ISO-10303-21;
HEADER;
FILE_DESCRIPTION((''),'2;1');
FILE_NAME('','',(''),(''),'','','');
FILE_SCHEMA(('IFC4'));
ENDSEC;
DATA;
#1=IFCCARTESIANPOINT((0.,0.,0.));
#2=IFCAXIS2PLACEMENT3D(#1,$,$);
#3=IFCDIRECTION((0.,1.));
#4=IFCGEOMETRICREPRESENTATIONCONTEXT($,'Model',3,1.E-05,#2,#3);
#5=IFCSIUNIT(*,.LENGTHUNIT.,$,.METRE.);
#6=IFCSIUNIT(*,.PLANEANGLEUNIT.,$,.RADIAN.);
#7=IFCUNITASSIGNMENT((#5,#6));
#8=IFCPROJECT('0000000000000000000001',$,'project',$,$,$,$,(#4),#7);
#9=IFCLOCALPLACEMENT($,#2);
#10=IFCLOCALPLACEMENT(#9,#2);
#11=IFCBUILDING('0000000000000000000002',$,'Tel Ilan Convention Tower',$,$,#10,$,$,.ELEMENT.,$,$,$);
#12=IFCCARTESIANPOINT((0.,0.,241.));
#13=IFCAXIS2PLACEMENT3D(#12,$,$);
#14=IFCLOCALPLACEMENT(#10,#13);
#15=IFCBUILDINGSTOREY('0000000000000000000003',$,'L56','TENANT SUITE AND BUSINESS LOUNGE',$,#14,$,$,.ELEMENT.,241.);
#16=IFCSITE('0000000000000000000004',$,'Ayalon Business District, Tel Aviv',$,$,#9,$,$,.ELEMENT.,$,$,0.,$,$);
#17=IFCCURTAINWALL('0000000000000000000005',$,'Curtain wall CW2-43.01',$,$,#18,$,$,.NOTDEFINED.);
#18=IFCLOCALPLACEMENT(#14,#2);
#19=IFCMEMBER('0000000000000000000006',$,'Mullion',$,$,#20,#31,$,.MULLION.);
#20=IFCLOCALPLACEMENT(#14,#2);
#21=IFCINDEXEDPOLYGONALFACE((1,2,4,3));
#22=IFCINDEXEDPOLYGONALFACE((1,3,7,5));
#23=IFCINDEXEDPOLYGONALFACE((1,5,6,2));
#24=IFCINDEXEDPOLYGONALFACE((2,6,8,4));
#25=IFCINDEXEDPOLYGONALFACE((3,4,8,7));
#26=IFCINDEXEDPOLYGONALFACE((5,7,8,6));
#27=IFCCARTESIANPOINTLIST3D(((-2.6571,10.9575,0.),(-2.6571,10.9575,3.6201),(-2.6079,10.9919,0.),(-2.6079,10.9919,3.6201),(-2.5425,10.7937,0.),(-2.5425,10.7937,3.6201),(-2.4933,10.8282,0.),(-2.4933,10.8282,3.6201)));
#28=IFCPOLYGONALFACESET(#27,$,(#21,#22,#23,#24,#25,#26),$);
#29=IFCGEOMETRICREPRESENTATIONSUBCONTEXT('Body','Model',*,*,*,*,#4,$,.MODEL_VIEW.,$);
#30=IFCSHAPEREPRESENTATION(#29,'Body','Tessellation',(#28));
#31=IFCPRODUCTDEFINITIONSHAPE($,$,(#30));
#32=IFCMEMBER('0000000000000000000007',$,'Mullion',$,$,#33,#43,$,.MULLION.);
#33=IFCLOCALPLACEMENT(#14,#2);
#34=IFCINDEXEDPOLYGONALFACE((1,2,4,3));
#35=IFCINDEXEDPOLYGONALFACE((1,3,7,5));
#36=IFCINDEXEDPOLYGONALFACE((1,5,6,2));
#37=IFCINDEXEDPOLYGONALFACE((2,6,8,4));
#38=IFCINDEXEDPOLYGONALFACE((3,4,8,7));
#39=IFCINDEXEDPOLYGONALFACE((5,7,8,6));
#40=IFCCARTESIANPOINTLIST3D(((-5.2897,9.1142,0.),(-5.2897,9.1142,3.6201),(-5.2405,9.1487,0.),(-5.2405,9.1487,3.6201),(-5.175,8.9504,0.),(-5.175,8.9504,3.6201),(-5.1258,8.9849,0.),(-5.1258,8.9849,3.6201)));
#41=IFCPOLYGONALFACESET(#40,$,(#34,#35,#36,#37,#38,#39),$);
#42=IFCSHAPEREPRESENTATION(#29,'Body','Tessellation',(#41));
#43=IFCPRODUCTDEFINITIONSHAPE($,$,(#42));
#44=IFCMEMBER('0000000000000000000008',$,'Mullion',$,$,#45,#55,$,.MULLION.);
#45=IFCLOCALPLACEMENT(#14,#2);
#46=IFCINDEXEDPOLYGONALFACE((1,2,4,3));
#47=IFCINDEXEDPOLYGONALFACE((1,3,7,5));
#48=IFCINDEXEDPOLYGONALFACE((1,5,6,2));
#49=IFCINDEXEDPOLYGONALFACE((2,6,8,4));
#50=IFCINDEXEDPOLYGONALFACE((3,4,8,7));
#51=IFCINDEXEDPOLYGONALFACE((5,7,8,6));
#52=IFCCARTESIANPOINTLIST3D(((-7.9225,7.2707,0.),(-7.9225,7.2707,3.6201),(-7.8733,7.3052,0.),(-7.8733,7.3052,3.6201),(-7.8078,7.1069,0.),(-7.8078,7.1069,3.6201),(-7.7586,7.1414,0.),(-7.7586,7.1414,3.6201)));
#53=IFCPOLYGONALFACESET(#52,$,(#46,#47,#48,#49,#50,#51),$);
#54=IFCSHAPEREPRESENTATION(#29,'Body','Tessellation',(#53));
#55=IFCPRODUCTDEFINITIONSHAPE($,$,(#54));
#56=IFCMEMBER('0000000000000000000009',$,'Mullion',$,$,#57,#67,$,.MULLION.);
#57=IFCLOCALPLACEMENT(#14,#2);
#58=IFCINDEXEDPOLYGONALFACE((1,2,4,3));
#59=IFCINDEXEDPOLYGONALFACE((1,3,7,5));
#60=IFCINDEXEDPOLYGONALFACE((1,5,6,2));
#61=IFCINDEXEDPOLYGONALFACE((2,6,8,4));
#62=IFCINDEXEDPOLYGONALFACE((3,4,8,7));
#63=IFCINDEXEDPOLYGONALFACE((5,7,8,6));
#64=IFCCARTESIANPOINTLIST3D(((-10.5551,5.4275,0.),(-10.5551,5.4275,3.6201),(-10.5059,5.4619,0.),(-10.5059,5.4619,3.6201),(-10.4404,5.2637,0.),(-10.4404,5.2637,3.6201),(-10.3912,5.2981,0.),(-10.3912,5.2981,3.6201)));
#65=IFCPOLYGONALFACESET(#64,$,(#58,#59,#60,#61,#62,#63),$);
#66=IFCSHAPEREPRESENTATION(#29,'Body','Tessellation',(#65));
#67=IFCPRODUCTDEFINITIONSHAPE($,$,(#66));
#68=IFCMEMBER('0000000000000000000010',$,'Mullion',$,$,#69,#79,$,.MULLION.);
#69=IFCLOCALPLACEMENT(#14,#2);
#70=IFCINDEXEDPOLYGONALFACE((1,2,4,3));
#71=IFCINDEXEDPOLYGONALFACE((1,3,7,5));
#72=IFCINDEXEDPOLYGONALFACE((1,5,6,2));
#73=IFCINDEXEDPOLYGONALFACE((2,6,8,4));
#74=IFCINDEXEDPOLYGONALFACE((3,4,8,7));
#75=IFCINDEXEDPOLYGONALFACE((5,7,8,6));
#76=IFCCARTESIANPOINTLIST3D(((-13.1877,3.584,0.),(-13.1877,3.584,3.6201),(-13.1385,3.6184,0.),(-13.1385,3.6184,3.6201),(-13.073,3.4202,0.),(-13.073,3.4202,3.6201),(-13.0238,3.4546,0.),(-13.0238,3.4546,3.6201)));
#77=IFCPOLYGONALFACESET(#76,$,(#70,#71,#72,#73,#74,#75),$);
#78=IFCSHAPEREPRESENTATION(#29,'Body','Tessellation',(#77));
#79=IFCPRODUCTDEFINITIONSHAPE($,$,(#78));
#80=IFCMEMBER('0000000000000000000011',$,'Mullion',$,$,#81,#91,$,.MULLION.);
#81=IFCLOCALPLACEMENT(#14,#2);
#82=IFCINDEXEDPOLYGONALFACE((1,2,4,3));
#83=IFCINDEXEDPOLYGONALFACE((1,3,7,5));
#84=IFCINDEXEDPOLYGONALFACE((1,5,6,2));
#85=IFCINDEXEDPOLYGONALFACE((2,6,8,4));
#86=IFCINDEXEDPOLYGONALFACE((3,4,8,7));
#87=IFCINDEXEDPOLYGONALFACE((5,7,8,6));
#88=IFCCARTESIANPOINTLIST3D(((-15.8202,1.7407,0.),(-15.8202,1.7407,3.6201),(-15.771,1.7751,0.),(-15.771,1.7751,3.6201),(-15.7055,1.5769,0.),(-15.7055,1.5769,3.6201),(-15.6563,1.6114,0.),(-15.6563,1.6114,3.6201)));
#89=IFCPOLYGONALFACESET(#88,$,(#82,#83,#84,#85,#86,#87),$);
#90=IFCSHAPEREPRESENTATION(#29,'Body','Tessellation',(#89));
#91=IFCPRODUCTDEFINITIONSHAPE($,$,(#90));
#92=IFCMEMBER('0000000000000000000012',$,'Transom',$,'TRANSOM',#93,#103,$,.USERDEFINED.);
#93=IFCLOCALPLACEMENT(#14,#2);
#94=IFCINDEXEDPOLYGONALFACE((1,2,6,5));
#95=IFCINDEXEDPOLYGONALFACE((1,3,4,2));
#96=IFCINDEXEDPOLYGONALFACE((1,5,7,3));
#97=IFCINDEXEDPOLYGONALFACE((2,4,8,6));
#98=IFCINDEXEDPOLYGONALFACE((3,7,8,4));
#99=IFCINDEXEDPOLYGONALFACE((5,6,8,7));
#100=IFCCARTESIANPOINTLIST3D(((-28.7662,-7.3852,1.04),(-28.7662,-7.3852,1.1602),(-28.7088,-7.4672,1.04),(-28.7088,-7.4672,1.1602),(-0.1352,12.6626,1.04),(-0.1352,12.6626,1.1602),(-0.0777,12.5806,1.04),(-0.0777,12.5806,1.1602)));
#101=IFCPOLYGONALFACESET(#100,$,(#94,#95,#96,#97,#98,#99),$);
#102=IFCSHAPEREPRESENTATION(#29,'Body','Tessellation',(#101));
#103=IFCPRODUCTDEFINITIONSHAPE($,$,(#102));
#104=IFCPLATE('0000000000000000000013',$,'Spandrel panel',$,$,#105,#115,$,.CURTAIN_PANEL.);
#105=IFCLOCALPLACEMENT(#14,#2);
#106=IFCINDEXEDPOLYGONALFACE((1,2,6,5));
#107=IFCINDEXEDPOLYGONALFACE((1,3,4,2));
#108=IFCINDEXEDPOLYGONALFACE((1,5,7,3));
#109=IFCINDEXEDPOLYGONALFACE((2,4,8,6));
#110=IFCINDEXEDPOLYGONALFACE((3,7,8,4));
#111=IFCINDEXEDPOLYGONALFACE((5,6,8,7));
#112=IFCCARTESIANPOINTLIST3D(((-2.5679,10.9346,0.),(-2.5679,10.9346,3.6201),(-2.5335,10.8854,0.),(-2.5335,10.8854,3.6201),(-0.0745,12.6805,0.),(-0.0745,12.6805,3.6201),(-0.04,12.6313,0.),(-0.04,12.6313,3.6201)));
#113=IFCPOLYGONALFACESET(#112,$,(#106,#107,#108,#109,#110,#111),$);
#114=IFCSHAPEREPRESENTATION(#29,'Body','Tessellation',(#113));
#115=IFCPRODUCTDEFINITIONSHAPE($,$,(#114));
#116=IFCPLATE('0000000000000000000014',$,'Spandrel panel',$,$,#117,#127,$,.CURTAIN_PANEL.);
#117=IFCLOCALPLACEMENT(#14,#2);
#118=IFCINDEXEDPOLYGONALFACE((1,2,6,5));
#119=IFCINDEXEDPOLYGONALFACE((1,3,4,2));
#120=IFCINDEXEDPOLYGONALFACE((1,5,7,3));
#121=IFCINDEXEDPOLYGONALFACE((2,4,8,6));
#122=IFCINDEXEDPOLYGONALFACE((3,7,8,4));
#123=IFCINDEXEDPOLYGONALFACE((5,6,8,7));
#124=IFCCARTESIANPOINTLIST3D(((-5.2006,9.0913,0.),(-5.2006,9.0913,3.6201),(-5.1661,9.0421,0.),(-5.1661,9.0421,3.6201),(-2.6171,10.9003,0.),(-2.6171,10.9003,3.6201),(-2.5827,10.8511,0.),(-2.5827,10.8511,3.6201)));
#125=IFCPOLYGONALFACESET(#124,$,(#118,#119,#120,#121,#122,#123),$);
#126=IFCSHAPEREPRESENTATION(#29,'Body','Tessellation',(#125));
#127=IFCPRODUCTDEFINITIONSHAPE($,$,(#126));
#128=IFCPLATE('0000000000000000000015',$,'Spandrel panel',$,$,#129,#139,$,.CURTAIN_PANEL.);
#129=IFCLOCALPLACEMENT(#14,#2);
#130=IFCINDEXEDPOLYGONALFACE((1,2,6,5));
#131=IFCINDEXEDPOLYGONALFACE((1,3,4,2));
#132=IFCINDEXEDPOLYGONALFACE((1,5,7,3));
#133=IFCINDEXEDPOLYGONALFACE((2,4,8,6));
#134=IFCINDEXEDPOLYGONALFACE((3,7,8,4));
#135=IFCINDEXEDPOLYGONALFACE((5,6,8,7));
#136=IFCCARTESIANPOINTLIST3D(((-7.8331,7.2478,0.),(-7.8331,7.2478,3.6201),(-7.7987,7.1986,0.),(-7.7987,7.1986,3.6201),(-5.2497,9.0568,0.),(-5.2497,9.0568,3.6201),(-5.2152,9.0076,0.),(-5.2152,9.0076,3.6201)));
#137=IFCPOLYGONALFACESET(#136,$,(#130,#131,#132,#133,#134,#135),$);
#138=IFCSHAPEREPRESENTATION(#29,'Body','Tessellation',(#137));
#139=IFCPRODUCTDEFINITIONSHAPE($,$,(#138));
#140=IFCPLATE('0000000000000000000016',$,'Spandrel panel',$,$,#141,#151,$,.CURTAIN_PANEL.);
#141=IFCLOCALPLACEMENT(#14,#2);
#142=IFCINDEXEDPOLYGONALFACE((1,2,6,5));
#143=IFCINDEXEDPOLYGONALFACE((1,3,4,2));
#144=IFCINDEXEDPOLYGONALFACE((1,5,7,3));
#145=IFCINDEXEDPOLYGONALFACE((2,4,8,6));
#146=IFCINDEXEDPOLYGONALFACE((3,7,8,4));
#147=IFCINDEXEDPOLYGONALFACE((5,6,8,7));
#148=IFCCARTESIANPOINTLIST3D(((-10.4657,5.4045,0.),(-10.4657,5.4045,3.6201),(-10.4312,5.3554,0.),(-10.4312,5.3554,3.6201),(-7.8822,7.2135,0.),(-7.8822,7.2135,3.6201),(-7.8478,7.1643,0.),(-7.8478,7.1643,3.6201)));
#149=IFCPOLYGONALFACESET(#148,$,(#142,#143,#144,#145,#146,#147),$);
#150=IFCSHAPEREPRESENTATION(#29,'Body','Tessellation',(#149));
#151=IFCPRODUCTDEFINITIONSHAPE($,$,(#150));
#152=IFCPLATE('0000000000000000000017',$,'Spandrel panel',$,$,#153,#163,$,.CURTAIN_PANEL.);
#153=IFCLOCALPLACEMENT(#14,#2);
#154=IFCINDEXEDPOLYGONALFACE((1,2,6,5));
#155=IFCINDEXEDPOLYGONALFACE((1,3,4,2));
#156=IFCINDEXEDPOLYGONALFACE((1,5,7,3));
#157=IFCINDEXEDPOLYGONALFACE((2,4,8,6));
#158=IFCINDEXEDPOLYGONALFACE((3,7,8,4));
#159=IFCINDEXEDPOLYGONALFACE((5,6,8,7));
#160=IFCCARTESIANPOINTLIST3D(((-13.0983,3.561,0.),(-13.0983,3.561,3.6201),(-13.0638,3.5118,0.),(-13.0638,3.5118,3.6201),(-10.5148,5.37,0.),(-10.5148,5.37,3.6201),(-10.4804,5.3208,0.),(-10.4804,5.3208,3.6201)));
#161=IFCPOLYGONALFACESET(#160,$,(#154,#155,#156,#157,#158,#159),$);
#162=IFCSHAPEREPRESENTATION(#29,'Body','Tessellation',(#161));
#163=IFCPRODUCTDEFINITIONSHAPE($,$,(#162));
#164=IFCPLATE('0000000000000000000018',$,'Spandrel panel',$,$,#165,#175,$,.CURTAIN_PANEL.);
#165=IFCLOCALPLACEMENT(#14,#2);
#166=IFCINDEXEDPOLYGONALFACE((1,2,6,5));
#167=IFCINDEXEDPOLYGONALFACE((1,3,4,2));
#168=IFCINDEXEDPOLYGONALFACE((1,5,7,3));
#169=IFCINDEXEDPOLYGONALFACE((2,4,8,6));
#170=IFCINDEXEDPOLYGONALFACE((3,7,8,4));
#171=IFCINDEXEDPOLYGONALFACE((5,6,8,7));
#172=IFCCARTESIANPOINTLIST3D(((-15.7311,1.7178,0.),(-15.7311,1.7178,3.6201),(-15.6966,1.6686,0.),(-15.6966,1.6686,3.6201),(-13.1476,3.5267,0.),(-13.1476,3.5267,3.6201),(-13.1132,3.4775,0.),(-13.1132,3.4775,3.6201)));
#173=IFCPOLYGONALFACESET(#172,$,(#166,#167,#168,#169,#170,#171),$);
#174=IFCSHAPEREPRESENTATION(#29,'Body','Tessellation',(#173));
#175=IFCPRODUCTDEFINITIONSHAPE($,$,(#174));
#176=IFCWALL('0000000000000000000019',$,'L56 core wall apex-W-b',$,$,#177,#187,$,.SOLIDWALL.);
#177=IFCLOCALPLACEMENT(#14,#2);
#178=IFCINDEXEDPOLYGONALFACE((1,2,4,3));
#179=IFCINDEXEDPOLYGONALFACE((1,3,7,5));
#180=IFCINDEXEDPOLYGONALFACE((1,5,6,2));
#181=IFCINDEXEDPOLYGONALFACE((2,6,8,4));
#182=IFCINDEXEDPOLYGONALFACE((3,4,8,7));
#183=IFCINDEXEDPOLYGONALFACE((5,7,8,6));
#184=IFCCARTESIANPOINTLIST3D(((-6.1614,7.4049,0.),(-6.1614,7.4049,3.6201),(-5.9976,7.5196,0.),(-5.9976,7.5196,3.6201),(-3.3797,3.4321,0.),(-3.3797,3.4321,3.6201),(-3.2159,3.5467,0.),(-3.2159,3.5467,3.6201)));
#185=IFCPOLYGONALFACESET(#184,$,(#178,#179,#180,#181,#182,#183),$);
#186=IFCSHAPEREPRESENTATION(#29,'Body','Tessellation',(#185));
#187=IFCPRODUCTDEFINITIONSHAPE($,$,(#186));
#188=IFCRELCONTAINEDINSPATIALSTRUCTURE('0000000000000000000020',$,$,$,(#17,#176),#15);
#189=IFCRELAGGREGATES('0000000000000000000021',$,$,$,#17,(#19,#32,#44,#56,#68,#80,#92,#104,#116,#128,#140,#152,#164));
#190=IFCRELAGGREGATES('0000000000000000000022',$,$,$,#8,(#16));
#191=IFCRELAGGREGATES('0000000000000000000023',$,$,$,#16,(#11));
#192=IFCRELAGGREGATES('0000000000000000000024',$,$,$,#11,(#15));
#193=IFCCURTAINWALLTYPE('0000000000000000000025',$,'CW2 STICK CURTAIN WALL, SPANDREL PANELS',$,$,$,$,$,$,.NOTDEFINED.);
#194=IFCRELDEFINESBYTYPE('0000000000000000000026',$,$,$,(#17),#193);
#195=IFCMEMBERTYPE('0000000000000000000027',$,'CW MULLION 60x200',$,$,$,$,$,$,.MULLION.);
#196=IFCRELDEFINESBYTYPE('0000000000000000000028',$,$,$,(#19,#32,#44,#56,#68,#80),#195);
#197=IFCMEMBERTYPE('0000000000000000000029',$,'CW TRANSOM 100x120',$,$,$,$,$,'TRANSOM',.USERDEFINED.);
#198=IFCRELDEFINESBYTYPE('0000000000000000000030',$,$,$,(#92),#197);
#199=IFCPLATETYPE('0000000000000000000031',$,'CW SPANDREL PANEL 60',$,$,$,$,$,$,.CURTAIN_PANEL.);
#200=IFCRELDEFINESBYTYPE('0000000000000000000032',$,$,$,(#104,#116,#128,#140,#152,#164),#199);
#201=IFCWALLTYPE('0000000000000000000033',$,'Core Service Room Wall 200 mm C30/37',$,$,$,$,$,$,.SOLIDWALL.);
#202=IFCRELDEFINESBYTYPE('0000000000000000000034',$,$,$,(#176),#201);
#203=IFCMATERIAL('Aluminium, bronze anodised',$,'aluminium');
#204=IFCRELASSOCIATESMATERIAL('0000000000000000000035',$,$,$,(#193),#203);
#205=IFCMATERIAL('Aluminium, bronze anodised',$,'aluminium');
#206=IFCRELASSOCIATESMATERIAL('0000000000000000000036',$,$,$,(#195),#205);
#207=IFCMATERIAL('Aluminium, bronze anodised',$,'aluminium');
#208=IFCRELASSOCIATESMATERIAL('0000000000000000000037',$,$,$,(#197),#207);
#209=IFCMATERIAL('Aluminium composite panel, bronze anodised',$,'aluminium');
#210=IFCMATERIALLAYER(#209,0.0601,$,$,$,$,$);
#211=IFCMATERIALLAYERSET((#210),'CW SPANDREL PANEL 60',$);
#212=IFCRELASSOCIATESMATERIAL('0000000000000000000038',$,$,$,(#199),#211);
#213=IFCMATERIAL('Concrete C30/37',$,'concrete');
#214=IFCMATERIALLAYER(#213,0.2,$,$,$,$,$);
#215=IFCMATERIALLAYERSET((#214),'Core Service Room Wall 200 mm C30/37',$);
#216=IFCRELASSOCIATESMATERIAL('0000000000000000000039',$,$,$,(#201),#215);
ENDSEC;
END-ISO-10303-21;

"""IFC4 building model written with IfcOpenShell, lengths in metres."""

from ifc_helpers import new_model, si_unit, direction, frame, frame_2d, origin, origin_2d, place, context, subcontext, project, spatial, rectangle, extrude, material, layer, layer_set, material_profile, profile_set, type_object, element, aggregate, save


model = new_model("IFC4")

# Units and contexts
model_context = context("Model", 3, precision=1e-05, world=origin(), true_north=direction((0.0, 1.0)))
body_context = subcontext(model_context, "Body", "Model", "MODEL_VIEW")
ifc_project = project(units=[si_unit("LENGTHUNIT", "METRE"), si_unit("PLANEANGLEUNIT", "RADIAN")], contexts=[model_context])

# Site, building, storey
site_placement = place(None, origin())
site = spatial("IfcSite", under=ifc_project, at=site_placement, Name="Ayalon Business District, Tel Aviv", CompositionType="ELEMENT", RefElevation=0.0)
building_placement = place(site_placement, origin())
building = spatial("IfcBuilding", under=site, at=building_placement, Name="Tel Ilan Convention Tower", CompositionType="ELEMENT")
storey_placement = place(building_placement, frame((0.0, 0.0, 241.0)))
storey = spatial("IfcBuildingStorey", under=building, at=storey_placement, Name="L56", Description="TENANT SUITE AND BUSINESS LOUNGE", CompositionType="ELEMENT", Elevation=241.0)

# Curtain wall, members, plates
ifc_material_1 = material(Name="Aluminium, bronze anodised", Category="aluminium")
curtain_wall_type = type_object("IfcCurtainWallType", Name="CW2 STICK CURTAIN WALL, SPANDREL PANELS", PredefinedType="NOTDEFINED", material=ifc_material_1)
curtain_wall_placement = place(storey_placement, origin())
curtain_wall = element("IfcCurtainWall", 1, at=curtain_wall_placement, inside=storey, type_object=curtain_wall_type, Name="Curtain wall CW2-43.01", PredefinedType="NOTDEFINED")
ifc_material_2 = material(Name="Aluminium, bronze anodised", Category="aluminium")
ifc_material_profile_1 = material_profile(ifc_material_2, rectangle(XDim=0.0601, YDim=0.2, at=origin_2d()), Name="CW MULLION 60x200")
ifc_profile_set_1 = profile_set([ifc_material_profile_1], Name="Aluminium, bronze anodised")
member_type_1 = type_object("IfcMemberType", Name="CW MULLION 60x200", PredefinedType="MULLION", material=ifc_profile_set_1)
member_1_placement = place(storey_placement, frame((-2.5752, 10.8928, 0.0), z_axis=(0.0, 0.0, 1.0), x_axis=(-0.819152, -0.573576, 0.0)))
member_1 = element("IfcMember", 2, at=member_1_placement, type_object=member_type_1, Name="Mullion", PredefinedType="MULLION", context=body_context, shape_type="SweptSolid", body=[
    extrude(rectangle(XDim=0.0601, YDim=0.2, at=origin_2d()), origin(), (0.0, 0.0, 1.0), 3.6201),
])
member_2_placement = place(storey_placement, frame((-5.2078, 9.0496, 0.0), z_axis=(0.0, 0.0, 1.0), x_axis=(-0.819152, -0.573576, 0.0)))
member_2 = element("IfcMember", 3, at=member_2_placement, type_object=member_type_1, Name="Mullion", PredefinedType="MULLION", context=body_context, shape_type="SweptSolid", body=[
    extrude(rectangle(XDim=0.0601, YDim=0.2, at=origin_2d()), origin(), (0.0, 0.0, 1.0), 3.6201),
])
member_3_placement = place(storey_placement, frame((-7.8406, 7.2061, 0.0), z_axis=(0.0, 0.0, 1.0), x_axis=(-0.819152, -0.573576, 0.0)))
member_3 = element("IfcMember", 4, at=member_3_placement, type_object=member_type_1, Name="Mullion", PredefinedType="MULLION", context=body_context, shape_type="SweptSolid", body=[
    extrude(rectangle(XDim=0.0601, YDim=0.2, at=origin_2d()), origin(), (0.0, 0.0, 1.0), 3.6201),
])
member_4_placement = place(storey_placement, frame((-10.4731, 5.3628, 0.0), z_axis=(0.0, 0.0, 1.0), x_axis=(-0.819152, -0.573576, 0.0)))
member_4 = element("IfcMember", 5, at=member_4_placement, type_object=member_type_1, Name="Mullion", PredefinedType="MULLION", context=body_context, shape_type="SweptSolid", body=[
    extrude(rectangle(XDim=0.0601, YDim=0.2, at=origin_2d()), origin(), (0.0, 0.0, 1.0), 3.6201),
])
member_5_placement = place(storey_placement, frame((-13.1057, 3.5193, 0.0), z_axis=(0.0, 0.0, 1.0), x_axis=(-0.819152, -0.573576, 0.0)))
member_5 = element("IfcMember", 6, at=member_5_placement, type_object=member_type_1, Name="Mullion", PredefinedType="MULLION", context=body_context, shape_type="SweptSolid", body=[
    extrude(rectangle(XDim=0.0601, YDim=0.2, at=origin_2d()), origin(), (0.0, 0.0, 1.0), 3.6201),
])
member_6_placement = place(storey_placement, frame((-15.7383, 1.676, 0.0), z_axis=(0.0, 0.0, 1.0), x_axis=(-0.819152, -0.573576, 0.0)))
member_6 = element("IfcMember", 7, at=member_6_placement, type_object=member_type_1, Name="Mullion", PredefinedType="MULLION", context=body_context, shape_type="SweptSolid", body=[
    extrude(rectangle(XDim=0.0601, YDim=0.2, at=origin_2d()), origin(), (0.0, 0.0, 1.0), 3.6201),
])
ifc_material_3 = material(Name="Aluminium, bronze anodised", Category="aluminium")
ifc_material_profile_2 = material_profile(ifc_material_3, rectangle(XDim=0.1001, YDim=0.1201, at=origin_2d()), Name="CW TRANSOM 100x120")
ifc_profile_set_2 = profile_set([ifc_material_profile_2], Name="Aluminium, bronze anodised")
member_type_2 = type_object("IfcMemberType", Name="CW TRANSOM 100x120", ElementType="TRANSOM", PredefinedType="USERDEFINED", material=ifc_profile_set_2)
member_7_placement = place(storey_placement, frame((-0.1064, 12.6216, 1.1001), z_axis=(-0.81915, -0.573579, 0.0), x_axis=(0.573579, -0.81915, 0.0)))
member_7 = element("IfcMember", 8, at=member_7_placement, type_object=member_type_2, Name="Transom", ObjectType="TRANSOM", PredefinedType="USERDEFINED", context=body_context, shape_type="SweptSolid", body=[
    extrude(rectangle(XDim=0.1001, YDim=0.1201, at=origin_2d()), origin(), (0.0, 0.0, 1.0), 34.9521),
])
ifc_material_4 = material(Name="Aluminium composite panel, bronze anodised", Category="aluminium")
ifc_layer_1 = layer(ifc_material_4, 0.0601)
ifc_layer_set_1 = layer_set([ifc_layer_1], Name="CW SPANDREL PANEL 60")
plate_type = type_object("IfcPlateType", Name="CW SPANDREL PANEL 60", PredefinedType="CURTAIN_PANEL", material=ifc_layer_set_1)
plate_1_placement = place(storey_placement, frame((-1.304, 11.783, 0.0), z_axis=(0.0, 0.0, 1.0), x_axis=(-0.819152, -0.573576, 0.0)))
plate_1 = element("IfcPlate", 9, at=plate_1_placement, type_object=plate_type, Name="Spandrel panel", PredefinedType="CURTAIN_PANEL", context=body_context, shape_type="SweptSolid", body=[
    extrude(rectangle(XDim=3.0439, YDim=0.0601, at=origin_2d()), origin(), (0.0, 0.0, 1.0), 3.6201),
])
plate_2_placement = place(storey_placement, frame((-3.8916, 9.9712, 0.0), z_axis=(0.0, 0.0, 1.0), x_axis=(-0.819152, -0.573576, 0.0)))
plate_2 = element("IfcPlate", 10, at=plate_2_placement, type_object=plate_type, Name="Spandrel panel", PredefinedType="CURTAIN_PANEL", context=body_context, shape_type="SweptSolid", body=[
    extrude(rectangle(XDim=3.1538, YDim=0.0601, at=origin_2d()), origin(), (0.0, 0.0, 1.0), 3.6201),
])
plate_3_placement = place(storey_placement, frame((-6.5242, 8.1277, 0.0), z_axis=(0.0, 0.0, 1.0), x_axis=(-0.819152, -0.573576, 0.0)))
plate_3 = element("IfcPlate", 11, at=plate_3_placement, type_object=plate_type, Name="Spandrel panel", PredefinedType="CURTAIN_PANEL", context=body_context, shape_type="SweptSolid", body=[
    extrude(rectangle(XDim=3.1538, YDim=0.0601, at=origin_2d()), origin(), (0.0, 0.0, 1.0), 3.6201),
])
plate_4_placement = place(storey_placement, frame((-9.1567, 6.2844, 0.0), z_axis=(0.0, 0.0, 1.0), x_axis=(-0.819152, -0.573576, 0.0)))
plate_4 = element("IfcPlate", 12, at=plate_4_placement, type_object=plate_type, Name="Spandrel panel", PredefinedType="CURTAIN_PANEL", context=body_context, shape_type="SweptSolid", body=[
    extrude(rectangle(XDim=3.1538, YDim=0.0601, at=origin_2d()), origin(), (0.0, 0.0, 1.0), 3.6201),
])
plate_5_placement = place(storey_placement, frame((-11.7893, 4.4409, 0.0), z_axis=(0.0, 0.0, 1.0), x_axis=(-0.819152, -0.573576, 0.0)))
plate_5 = element("IfcPlate", 13, at=plate_5_placement, type_object=plate_type, Name="Spandrel panel", PredefinedType="CURTAIN_PANEL", context=body_context, shape_type="SweptSolid", body=[
    extrude(rectangle(XDim=3.1538, YDim=0.0601, at=origin_2d()), origin(), (0.0, 0.0, 1.0), 3.6201),
])
plate_6_placement = place(storey_placement, frame((-14.4221, 2.5977, 0.0), z_axis=(0.0, 0.0, 1.0), x_axis=(-0.819152, -0.573576, 0.0)))
plate_6 = element("IfcPlate", 14, at=plate_6_placement, type_object=plate_type, Name="Spandrel panel", PredefinedType="CURTAIN_PANEL", context=body_context, shape_type="SweptSolid", body=[
    extrude(rectangle(XDim=3.1538, YDim=0.0601, at=origin_2d()), origin(), (0.0, 0.0, 1.0), 3.6201),
])
aggregate(curtain_wall, [member_1, member_2, member_3, member_4, member_5, member_6, member_7, plate_1, plate_2, plate_3, plate_4, plate_5, plate_6])

# Wall
ifc_material_5 = material(Name="Concrete C30/37", Category="concrete")
ifc_layer_2 = layer(ifc_material_5, 0.2)
ifc_layer_set_2 = layer_set([ifc_layer_2], Name="Core Service Room Wall 200 mm C30/37")
wall_type_1 = type_object("IfcWallType", Name="Core Service Room Wall 200 mm C30/37", PredefinedType="SOLIDWALL", material=ifc_layer_set_2)
wall_1_placement = place(storey_placement, frame((-3.2979, 3.4895, 0.0), z_axis=(0.0, 0.0, 1.0), x_axis=(-0.57356, 0.819163, 0.0)))
element("IfcWall", 15, at=wall_1_placement, inside=storey, type_object=wall_type_1, Name="L56 core wall apex-W-b", PredefinedType="SOLIDWALL", context=body_context, shape_type="SweptSolid", body=[
    extrude(rectangle(XDim=4.8499, YDim=0.2, at=frame_2d((2.4248, 0.0))), origin(), (0.0, 0.0, 1.0), 3.6201),
])

save(model, "model.ifc")
